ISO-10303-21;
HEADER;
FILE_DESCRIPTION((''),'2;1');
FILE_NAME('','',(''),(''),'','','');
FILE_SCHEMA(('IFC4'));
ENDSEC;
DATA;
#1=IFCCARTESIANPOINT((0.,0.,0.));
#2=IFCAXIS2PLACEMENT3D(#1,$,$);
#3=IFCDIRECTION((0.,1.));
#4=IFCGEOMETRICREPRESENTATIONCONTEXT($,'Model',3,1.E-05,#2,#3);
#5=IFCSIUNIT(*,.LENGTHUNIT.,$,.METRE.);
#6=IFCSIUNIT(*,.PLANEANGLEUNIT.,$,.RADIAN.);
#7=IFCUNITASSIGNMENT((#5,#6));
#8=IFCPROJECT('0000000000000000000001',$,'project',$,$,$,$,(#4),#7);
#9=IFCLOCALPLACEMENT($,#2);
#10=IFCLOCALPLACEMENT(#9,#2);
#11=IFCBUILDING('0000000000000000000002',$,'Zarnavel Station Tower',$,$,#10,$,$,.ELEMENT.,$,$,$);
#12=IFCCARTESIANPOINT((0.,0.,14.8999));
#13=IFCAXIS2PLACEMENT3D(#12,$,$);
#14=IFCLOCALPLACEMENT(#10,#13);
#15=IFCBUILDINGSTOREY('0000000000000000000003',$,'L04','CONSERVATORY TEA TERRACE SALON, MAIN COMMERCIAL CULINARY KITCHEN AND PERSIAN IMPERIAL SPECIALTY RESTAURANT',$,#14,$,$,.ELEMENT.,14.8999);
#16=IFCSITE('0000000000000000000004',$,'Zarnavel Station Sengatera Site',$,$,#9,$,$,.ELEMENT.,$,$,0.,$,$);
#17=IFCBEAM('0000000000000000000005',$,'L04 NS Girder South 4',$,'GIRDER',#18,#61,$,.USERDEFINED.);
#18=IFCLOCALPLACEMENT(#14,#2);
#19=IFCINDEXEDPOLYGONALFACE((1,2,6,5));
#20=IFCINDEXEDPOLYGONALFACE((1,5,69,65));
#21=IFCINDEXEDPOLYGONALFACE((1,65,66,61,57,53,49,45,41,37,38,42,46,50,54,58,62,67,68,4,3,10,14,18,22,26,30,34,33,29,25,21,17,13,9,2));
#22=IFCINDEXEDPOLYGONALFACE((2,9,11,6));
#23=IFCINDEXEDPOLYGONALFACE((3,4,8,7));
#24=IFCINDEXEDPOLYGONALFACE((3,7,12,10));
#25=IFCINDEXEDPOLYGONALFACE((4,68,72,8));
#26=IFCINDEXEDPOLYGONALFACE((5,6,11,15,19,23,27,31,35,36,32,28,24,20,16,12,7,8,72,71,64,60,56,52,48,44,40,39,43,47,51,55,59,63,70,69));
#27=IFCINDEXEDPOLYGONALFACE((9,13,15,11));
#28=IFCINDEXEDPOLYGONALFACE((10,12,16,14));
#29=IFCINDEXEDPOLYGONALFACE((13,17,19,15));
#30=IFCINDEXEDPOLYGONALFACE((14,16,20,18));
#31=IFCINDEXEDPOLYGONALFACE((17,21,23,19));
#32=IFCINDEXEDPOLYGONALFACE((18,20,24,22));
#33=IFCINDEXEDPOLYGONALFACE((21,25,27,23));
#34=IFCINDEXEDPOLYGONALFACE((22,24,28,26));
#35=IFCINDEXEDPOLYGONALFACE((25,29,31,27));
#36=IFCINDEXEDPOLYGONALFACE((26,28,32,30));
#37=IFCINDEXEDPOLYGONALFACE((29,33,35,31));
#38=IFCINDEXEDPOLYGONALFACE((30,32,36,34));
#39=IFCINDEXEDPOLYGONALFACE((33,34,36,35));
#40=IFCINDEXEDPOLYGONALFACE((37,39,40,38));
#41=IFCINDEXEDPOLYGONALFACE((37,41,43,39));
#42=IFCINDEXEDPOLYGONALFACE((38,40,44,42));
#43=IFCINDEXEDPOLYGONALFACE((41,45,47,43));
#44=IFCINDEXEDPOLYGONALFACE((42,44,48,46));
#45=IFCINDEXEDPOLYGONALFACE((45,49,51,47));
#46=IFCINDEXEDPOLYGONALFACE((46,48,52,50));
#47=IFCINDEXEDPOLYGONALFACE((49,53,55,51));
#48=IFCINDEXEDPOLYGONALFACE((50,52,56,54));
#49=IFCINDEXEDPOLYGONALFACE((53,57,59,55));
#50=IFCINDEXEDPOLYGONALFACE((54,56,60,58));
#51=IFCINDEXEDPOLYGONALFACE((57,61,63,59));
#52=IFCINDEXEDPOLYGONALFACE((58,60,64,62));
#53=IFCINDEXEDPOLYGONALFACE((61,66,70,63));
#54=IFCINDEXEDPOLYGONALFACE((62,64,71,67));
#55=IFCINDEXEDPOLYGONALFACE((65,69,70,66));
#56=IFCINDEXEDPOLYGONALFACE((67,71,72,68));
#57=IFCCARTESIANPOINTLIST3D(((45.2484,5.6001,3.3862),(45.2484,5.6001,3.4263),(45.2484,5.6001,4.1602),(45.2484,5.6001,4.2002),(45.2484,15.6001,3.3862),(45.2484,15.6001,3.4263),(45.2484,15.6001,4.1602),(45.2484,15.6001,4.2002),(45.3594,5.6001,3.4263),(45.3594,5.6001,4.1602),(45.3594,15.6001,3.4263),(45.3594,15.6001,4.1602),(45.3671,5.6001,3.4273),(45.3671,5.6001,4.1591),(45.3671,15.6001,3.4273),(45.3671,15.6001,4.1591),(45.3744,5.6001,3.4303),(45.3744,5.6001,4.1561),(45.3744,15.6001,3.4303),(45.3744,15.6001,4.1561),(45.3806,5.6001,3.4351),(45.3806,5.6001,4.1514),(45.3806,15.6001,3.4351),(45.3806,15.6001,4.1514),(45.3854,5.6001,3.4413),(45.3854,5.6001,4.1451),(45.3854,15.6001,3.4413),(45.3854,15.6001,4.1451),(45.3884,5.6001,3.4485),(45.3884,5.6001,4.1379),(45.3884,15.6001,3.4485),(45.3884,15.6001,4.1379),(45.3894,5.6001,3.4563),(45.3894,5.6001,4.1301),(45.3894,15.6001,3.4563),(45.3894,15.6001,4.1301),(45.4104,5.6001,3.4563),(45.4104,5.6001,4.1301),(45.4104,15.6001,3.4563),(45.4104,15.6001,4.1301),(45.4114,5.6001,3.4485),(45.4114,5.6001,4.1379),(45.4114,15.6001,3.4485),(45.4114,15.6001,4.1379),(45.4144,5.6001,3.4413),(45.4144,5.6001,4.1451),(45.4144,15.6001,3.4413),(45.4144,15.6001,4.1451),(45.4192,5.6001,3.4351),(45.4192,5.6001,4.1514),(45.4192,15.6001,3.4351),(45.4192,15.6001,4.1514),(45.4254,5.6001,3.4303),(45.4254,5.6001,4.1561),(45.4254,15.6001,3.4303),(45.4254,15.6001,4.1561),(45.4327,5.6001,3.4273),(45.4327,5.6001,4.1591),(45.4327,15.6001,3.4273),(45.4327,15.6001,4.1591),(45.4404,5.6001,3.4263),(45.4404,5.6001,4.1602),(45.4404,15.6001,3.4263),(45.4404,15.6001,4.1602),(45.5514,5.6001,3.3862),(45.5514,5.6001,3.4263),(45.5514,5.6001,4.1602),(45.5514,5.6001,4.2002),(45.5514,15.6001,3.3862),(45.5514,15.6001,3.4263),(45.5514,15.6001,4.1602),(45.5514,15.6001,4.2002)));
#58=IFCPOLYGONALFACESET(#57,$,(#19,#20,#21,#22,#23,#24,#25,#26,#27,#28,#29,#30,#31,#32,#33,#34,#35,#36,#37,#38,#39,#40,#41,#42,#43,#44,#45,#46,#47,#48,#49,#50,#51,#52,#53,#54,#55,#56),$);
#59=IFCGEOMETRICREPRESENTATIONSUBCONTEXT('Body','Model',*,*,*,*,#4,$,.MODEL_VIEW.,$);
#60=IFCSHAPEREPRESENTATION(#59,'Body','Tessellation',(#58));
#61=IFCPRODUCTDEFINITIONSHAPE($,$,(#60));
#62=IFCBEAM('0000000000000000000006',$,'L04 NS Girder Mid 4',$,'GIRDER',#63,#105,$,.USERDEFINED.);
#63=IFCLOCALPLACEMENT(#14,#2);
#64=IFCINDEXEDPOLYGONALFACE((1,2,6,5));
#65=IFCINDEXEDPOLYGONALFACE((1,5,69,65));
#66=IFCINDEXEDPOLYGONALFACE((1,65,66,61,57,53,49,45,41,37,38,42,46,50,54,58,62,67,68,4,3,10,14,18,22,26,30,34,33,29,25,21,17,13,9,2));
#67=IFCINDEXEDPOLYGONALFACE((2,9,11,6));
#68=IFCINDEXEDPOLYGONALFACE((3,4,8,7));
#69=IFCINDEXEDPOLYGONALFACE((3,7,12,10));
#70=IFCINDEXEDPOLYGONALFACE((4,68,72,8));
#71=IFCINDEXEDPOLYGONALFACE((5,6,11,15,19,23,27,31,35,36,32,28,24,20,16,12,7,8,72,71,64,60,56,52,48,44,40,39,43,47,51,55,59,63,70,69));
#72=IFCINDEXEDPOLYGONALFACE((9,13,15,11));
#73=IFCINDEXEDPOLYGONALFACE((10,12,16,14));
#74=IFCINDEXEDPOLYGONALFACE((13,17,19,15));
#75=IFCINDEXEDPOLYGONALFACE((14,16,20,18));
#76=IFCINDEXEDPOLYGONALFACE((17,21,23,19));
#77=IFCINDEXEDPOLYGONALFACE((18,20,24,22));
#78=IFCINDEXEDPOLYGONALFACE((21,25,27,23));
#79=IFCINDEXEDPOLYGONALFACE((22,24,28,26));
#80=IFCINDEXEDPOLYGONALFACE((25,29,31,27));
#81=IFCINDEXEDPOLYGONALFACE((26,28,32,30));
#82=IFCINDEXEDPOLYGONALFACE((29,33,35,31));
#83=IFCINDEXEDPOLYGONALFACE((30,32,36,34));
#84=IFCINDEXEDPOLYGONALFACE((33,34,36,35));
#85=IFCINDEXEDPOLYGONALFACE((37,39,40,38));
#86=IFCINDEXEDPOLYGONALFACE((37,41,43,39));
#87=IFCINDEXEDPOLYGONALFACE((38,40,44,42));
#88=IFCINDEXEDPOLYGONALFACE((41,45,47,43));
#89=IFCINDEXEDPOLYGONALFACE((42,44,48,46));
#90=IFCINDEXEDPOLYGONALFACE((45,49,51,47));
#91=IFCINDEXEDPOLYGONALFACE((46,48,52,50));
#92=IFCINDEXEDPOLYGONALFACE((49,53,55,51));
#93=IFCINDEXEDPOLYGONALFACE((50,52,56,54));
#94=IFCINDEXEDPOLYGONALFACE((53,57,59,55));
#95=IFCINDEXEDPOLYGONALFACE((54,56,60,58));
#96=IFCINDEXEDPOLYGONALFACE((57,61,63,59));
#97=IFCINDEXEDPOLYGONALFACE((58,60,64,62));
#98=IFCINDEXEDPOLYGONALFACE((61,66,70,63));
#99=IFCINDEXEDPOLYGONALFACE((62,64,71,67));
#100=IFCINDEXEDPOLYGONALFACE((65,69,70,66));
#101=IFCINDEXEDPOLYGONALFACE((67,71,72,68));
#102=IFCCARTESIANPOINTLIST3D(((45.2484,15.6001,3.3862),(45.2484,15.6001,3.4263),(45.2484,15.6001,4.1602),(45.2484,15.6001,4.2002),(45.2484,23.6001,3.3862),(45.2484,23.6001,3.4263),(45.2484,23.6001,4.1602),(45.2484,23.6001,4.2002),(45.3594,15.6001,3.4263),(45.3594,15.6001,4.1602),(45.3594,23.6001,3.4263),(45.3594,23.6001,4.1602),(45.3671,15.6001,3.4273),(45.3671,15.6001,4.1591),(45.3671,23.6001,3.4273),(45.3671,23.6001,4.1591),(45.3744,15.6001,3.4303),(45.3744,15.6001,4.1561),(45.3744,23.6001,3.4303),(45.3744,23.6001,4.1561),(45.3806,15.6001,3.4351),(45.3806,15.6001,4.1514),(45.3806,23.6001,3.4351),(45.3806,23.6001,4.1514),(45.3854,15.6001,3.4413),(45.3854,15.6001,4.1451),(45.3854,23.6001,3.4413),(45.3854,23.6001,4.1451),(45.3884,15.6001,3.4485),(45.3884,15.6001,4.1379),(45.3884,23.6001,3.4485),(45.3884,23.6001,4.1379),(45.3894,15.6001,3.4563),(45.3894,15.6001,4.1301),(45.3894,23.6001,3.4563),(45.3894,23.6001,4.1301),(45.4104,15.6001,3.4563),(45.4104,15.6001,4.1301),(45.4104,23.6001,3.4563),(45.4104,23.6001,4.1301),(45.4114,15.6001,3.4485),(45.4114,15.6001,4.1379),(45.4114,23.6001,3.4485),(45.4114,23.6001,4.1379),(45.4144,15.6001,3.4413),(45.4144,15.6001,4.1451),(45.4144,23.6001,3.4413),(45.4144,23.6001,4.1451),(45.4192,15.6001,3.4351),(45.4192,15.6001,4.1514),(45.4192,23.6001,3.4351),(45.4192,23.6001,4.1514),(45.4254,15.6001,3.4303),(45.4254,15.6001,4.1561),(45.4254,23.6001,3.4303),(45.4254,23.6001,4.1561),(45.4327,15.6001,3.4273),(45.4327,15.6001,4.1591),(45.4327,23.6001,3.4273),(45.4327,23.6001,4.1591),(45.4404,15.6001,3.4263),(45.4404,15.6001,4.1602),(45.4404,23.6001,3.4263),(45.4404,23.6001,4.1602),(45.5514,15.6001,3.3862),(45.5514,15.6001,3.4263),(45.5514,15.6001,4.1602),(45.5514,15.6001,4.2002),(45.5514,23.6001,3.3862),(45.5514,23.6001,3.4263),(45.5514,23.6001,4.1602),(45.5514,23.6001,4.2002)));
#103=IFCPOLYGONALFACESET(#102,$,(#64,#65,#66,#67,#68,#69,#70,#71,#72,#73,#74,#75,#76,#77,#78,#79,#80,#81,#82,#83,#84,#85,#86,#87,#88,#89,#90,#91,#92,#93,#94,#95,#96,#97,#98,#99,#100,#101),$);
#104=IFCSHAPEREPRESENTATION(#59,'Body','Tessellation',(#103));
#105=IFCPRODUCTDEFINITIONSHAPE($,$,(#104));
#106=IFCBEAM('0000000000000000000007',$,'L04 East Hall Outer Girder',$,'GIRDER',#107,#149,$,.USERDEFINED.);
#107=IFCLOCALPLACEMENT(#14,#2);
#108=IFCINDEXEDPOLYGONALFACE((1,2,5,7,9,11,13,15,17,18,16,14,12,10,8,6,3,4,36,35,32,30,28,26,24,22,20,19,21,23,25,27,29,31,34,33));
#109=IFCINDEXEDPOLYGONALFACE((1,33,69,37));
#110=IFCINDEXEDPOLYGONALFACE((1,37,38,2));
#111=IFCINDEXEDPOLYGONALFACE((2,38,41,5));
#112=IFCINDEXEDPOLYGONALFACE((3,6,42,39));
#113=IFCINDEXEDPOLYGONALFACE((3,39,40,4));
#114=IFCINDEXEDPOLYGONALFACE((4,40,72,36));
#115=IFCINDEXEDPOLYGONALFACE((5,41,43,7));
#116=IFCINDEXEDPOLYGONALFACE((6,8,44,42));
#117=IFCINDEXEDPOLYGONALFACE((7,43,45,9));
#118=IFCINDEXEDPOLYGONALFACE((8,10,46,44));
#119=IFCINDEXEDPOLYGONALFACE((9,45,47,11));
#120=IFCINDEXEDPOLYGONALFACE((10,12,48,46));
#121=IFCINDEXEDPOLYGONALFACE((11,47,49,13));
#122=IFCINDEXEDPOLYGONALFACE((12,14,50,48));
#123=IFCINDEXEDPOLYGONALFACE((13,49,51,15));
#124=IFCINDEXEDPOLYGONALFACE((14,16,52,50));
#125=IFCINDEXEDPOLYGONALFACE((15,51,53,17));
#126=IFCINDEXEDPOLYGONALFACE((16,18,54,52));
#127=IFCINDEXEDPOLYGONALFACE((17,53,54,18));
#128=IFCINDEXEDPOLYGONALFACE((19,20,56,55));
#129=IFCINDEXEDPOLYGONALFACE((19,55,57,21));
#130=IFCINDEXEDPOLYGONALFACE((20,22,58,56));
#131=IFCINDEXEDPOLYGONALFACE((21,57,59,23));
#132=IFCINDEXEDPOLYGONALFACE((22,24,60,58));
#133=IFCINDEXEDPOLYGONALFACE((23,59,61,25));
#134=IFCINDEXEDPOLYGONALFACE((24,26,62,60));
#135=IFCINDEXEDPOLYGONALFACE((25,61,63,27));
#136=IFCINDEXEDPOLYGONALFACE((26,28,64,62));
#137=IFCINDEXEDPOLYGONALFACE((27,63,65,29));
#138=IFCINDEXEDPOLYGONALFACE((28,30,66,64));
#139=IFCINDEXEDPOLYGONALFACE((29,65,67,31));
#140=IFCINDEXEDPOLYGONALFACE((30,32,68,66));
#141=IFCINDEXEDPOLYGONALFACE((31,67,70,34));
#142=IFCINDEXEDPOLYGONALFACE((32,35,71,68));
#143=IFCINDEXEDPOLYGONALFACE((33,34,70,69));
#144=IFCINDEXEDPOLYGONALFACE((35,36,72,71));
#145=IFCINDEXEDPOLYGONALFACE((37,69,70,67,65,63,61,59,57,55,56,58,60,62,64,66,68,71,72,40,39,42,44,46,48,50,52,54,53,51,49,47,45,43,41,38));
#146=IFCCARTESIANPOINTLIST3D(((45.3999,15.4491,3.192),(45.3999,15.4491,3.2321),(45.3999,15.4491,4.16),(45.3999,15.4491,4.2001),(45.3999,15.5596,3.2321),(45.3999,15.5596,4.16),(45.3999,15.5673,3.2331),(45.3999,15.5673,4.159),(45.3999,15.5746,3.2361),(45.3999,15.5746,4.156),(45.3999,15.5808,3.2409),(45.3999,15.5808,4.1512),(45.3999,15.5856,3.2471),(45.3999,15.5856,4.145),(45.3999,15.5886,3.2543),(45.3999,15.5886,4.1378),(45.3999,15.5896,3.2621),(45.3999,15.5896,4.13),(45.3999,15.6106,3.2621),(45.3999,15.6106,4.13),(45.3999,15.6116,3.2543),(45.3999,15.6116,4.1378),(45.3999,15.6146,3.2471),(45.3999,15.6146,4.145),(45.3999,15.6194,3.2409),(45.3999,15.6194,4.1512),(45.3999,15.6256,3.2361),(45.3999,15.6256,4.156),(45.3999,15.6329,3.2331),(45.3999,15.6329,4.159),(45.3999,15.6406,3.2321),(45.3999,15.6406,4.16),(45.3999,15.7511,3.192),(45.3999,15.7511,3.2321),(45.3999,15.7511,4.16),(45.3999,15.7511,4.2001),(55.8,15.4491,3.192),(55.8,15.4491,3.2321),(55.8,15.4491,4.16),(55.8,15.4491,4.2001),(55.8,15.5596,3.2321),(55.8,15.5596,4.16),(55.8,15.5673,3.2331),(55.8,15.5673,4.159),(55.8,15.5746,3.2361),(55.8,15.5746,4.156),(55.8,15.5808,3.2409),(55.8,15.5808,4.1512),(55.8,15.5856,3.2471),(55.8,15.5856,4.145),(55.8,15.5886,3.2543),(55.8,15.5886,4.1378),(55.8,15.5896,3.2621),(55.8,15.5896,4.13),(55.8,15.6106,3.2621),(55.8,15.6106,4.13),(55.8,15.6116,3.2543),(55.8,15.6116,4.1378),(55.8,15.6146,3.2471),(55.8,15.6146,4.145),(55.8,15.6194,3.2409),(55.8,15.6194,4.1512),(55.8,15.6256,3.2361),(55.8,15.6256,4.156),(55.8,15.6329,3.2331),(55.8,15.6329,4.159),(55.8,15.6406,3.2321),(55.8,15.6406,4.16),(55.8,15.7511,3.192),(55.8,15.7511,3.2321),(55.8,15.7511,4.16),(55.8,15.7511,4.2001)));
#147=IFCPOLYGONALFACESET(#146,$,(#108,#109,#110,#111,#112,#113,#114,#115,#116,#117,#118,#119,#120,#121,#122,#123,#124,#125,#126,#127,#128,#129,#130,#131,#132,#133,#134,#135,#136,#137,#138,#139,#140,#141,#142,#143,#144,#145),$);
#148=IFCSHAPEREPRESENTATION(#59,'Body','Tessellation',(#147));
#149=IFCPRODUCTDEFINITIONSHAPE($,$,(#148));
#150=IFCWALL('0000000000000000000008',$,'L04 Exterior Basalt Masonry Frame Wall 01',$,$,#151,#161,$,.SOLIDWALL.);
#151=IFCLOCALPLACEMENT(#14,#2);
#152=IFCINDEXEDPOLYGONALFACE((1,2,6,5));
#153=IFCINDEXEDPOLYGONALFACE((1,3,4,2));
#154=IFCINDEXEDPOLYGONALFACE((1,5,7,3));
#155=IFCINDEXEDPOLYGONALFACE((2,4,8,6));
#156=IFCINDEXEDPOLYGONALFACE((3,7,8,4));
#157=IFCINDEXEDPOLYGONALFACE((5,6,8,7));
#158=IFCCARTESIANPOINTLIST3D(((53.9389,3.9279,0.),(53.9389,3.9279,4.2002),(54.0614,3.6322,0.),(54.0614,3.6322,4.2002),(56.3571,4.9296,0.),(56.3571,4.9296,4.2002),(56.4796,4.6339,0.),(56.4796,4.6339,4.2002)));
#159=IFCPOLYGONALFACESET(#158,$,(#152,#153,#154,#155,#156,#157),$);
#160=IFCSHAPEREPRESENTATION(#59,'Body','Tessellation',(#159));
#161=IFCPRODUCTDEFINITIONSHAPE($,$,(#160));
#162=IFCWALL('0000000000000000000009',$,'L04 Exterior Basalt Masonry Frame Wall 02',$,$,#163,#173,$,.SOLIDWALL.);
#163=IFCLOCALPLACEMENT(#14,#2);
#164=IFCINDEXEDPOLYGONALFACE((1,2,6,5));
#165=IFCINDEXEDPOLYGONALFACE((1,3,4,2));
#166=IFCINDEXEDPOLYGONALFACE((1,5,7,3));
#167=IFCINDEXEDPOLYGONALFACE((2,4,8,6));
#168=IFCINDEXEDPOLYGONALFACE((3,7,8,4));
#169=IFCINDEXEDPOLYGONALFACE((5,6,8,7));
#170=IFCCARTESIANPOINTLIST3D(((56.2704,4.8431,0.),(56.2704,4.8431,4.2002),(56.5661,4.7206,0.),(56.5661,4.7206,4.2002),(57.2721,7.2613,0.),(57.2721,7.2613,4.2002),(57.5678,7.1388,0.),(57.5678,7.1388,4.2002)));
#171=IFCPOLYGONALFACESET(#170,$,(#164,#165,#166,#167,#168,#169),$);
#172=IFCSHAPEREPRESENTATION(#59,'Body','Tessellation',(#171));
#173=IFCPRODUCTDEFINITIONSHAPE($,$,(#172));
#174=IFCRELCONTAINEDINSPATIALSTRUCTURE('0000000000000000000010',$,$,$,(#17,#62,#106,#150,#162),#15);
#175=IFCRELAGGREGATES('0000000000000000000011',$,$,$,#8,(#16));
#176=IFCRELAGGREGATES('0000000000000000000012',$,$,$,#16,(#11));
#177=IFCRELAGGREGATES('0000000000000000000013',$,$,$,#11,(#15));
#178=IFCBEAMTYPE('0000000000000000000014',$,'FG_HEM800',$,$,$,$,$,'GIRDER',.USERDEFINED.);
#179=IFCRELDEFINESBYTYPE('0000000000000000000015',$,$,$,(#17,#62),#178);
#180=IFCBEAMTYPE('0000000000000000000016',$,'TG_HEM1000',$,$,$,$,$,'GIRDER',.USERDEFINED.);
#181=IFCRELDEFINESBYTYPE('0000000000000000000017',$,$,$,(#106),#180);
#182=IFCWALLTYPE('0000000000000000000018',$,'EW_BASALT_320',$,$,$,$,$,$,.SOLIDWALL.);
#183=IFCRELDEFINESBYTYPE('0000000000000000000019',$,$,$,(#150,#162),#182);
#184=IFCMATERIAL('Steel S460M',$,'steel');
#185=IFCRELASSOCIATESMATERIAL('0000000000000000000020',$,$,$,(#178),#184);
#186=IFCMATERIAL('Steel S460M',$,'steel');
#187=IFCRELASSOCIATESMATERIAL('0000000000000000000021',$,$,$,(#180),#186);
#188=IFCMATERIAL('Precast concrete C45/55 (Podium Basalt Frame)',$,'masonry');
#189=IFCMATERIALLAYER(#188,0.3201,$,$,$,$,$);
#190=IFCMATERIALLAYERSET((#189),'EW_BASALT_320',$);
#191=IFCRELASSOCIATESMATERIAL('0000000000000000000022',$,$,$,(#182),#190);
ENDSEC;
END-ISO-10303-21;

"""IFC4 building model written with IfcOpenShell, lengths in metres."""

from ifc_helpers import new_model, si_unit, direction, frame, frame_2d, origin, origin_2d, place, context, subcontext, project, spatial, rectangle, i_section, extrude, material, layer, layer_set, material_profile, profile_set, type_object, element, save


model = new_model("IFC4")

# Units and contexts
model_context = context("Model", 3, precision=1e-05, world=origin(), true_north=direction((0.0, 1.0)))
body_context = subcontext(model_context, "Body", "Model", "MODEL_VIEW")
ifc_project = project(units=[si_unit("LENGTHUNIT", "METRE"), si_unit("PLANEANGLEUNIT", "RADIAN")], contexts=[model_context])

# Site, building, storey
site_placement = place(None, origin())
site = spatial("IfcSite", under=ifc_project, at=site_placement, Name="Zarnavel Station Sengatera Site", CompositionType="ELEMENT", RefElevation=0.0)
building_placement = place(site_placement, origin())
building = spatial("IfcBuilding", under=site, at=building_placement, Name="Zarnavel Station Tower", CompositionType="ELEMENT")
storey_placement = place(building_placement, frame((0.0, 0.0, 14.8999)))
storey = spatial("IfcBuildingStorey", under=building, at=storey_placement, Name="L04", Description="CONSERVATORY TEA TERRACE SALON, MAIN COMMERCIAL CULINARY KITCHEN AND PERSIAN IMPERIAL SPECIALTY RESTAURANT", CompositionType="ELEMENT", Elevation=14.8999)

# Beams
ifc_material_1 = material(Name="Steel S460M", Category="steel")
ifc_material_profile_1 = material_profile(ifc_material_1, i_section(OverallWidth=0.303, OverallDepth=0.814, WebThickness=0.021, FlangeThickness=0.04, FilletRadius=0.03, at=origin_2d()), Name="HEM800")
ifc_profile_set_1 = profile_set([ifc_material_profile_1], Name="Steel S460M")
beam_type_1 = type_object("IfcBeamType", Name="FG_HEM800", ElementType="GIRDER", PredefinedType="USERDEFINED", material=ifc_profile_set_1)
beam_1_placement = place(storey_placement, frame((45.3999, 5.6001, 3.7932), z_axis=(0.0, 1.0, 0.0), x_axis=(-1.0, 0.0, 0.0)))
element("IfcBeam", 1, at=beam_1_placement, inside=storey, type_object=beam_type_1, Name="L04 NS Girder South 4", ObjectType="GIRDER", PredefinedType="USERDEFINED", context=body_context, shape_type="SweptSolid", body=[
    extrude(i_section(OverallWidth=0.303, OverallDepth=0.814, WebThickness=0.021, FlangeThickness=0.04, FilletRadius=0.03, at=origin_2d()), origin(), (0.0, 0.0, 1.0), 10.0),
])
beam_2_placement = place(storey_placement, frame((45.3999, 15.6001, 3.7932), z_axis=(0.0, 1.0, 0.0), x_axis=(-1.0, 0.0, 0.0)))
element("IfcBeam", 2, at=beam_2_placement, inside=storey, type_object=beam_type_1, Name="L04 NS Girder Mid 4", ObjectType="GIRDER", PredefinedType="USERDEFINED", context=body_context, shape_type="SweptSolid", body=[
    extrude(i_section(OverallWidth=0.303, OverallDepth=0.814, WebThickness=0.021, FlangeThickness=0.04, FilletRadius=0.03, at=origin_2d()), origin(), (0.0, 0.0, 1.0), 8.0),
])
ifc_material_2 = material(Name="Steel S460M", Category="steel")
ifc_material_profile_2 = material_profile(ifc_material_2, i_section(OverallWidth=0.302, OverallDepth=1.0081, WebThickness=0.021, FlangeThickness=0.04, FilletRadius=0.03, at=origin_2d()), Name="HEM1000")
ifc_profile_set_2 = profile_set([ifc_material_profile_2], Name="Steel S460M")
beam_type_2 = type_object("IfcBeamType", Name="TG_HEM1000", ElementType="GIRDER", PredefinedType="USERDEFINED", material=ifc_profile_set_2)
beam_3_placement = place(storey_placement, frame((45.3999, 15.6001, 3.696), z_axis=(1.0, 0.0, 0.0), x_axis=(0.0, 1.0, 0.0)))
element("IfcBeam", 3, at=beam_3_placement, inside=storey, type_object=beam_type_2, Name="L04 East Hall Outer Girder", ObjectType="GIRDER", PredefinedType="USERDEFINED", context=body_context, shape_type="SweptSolid", body=[
    extrude(i_section(OverallWidth=0.302, OverallDepth=1.0081, WebThickness=0.021, FlangeThickness=0.04, FilletRadius=0.03, at=origin_2d()), origin(), (0.0, 0.0, 1.0), 10.4001),
])

# Walls
ifc_material_3 = material(Name="Precast concrete C45/55 (Podium Basalt Frame)", Category="masonry")
ifc_layer_1 = layer(ifc_material_3, 0.3201)
ifc_layer_set_1 = layer_set([ifc_layer_1], Name="EW_BASALT_320")
wall_type_1 = type_object("IfcWallType", Name="EW_BASALT_320", PredefinedType="SOLIDWALL", material=ifc_layer_set_1)
for number, where, z_axis, x_axis, name in (
    (4, (56.4182, 4.7817, 0.0), (0.0, 0.0, 1.0), (-0.923872, -0.382701, 0.0), "L04 Exterior Basalt Masonry Frame Wall 01"),
    (5, (57.4199, 7.2, 0.0), (0.0, 0.0, 1.0), (-0.382701, -0.923872, 0.0), "L04 Exterior Basalt Masonry Frame Wall 02"),
):
    element("IfcWall", number, at=place(storey_placement, frame(where, z_axis=z_axis, x_axis=x_axis)), inside=storey, type_object=wall_type_1, Name=name, PredefinedType="SOLIDWALL", context=body_context, shape_type="SweptSolid", body=[
        extrude(rectangle(XDim=2.6174, YDim=0.3201, at=frame_2d((1.3086, 0.0))), origin(), (0.0, 0.0, 1.0), 4.2002),
    ])

save(model, "model.ifc")
